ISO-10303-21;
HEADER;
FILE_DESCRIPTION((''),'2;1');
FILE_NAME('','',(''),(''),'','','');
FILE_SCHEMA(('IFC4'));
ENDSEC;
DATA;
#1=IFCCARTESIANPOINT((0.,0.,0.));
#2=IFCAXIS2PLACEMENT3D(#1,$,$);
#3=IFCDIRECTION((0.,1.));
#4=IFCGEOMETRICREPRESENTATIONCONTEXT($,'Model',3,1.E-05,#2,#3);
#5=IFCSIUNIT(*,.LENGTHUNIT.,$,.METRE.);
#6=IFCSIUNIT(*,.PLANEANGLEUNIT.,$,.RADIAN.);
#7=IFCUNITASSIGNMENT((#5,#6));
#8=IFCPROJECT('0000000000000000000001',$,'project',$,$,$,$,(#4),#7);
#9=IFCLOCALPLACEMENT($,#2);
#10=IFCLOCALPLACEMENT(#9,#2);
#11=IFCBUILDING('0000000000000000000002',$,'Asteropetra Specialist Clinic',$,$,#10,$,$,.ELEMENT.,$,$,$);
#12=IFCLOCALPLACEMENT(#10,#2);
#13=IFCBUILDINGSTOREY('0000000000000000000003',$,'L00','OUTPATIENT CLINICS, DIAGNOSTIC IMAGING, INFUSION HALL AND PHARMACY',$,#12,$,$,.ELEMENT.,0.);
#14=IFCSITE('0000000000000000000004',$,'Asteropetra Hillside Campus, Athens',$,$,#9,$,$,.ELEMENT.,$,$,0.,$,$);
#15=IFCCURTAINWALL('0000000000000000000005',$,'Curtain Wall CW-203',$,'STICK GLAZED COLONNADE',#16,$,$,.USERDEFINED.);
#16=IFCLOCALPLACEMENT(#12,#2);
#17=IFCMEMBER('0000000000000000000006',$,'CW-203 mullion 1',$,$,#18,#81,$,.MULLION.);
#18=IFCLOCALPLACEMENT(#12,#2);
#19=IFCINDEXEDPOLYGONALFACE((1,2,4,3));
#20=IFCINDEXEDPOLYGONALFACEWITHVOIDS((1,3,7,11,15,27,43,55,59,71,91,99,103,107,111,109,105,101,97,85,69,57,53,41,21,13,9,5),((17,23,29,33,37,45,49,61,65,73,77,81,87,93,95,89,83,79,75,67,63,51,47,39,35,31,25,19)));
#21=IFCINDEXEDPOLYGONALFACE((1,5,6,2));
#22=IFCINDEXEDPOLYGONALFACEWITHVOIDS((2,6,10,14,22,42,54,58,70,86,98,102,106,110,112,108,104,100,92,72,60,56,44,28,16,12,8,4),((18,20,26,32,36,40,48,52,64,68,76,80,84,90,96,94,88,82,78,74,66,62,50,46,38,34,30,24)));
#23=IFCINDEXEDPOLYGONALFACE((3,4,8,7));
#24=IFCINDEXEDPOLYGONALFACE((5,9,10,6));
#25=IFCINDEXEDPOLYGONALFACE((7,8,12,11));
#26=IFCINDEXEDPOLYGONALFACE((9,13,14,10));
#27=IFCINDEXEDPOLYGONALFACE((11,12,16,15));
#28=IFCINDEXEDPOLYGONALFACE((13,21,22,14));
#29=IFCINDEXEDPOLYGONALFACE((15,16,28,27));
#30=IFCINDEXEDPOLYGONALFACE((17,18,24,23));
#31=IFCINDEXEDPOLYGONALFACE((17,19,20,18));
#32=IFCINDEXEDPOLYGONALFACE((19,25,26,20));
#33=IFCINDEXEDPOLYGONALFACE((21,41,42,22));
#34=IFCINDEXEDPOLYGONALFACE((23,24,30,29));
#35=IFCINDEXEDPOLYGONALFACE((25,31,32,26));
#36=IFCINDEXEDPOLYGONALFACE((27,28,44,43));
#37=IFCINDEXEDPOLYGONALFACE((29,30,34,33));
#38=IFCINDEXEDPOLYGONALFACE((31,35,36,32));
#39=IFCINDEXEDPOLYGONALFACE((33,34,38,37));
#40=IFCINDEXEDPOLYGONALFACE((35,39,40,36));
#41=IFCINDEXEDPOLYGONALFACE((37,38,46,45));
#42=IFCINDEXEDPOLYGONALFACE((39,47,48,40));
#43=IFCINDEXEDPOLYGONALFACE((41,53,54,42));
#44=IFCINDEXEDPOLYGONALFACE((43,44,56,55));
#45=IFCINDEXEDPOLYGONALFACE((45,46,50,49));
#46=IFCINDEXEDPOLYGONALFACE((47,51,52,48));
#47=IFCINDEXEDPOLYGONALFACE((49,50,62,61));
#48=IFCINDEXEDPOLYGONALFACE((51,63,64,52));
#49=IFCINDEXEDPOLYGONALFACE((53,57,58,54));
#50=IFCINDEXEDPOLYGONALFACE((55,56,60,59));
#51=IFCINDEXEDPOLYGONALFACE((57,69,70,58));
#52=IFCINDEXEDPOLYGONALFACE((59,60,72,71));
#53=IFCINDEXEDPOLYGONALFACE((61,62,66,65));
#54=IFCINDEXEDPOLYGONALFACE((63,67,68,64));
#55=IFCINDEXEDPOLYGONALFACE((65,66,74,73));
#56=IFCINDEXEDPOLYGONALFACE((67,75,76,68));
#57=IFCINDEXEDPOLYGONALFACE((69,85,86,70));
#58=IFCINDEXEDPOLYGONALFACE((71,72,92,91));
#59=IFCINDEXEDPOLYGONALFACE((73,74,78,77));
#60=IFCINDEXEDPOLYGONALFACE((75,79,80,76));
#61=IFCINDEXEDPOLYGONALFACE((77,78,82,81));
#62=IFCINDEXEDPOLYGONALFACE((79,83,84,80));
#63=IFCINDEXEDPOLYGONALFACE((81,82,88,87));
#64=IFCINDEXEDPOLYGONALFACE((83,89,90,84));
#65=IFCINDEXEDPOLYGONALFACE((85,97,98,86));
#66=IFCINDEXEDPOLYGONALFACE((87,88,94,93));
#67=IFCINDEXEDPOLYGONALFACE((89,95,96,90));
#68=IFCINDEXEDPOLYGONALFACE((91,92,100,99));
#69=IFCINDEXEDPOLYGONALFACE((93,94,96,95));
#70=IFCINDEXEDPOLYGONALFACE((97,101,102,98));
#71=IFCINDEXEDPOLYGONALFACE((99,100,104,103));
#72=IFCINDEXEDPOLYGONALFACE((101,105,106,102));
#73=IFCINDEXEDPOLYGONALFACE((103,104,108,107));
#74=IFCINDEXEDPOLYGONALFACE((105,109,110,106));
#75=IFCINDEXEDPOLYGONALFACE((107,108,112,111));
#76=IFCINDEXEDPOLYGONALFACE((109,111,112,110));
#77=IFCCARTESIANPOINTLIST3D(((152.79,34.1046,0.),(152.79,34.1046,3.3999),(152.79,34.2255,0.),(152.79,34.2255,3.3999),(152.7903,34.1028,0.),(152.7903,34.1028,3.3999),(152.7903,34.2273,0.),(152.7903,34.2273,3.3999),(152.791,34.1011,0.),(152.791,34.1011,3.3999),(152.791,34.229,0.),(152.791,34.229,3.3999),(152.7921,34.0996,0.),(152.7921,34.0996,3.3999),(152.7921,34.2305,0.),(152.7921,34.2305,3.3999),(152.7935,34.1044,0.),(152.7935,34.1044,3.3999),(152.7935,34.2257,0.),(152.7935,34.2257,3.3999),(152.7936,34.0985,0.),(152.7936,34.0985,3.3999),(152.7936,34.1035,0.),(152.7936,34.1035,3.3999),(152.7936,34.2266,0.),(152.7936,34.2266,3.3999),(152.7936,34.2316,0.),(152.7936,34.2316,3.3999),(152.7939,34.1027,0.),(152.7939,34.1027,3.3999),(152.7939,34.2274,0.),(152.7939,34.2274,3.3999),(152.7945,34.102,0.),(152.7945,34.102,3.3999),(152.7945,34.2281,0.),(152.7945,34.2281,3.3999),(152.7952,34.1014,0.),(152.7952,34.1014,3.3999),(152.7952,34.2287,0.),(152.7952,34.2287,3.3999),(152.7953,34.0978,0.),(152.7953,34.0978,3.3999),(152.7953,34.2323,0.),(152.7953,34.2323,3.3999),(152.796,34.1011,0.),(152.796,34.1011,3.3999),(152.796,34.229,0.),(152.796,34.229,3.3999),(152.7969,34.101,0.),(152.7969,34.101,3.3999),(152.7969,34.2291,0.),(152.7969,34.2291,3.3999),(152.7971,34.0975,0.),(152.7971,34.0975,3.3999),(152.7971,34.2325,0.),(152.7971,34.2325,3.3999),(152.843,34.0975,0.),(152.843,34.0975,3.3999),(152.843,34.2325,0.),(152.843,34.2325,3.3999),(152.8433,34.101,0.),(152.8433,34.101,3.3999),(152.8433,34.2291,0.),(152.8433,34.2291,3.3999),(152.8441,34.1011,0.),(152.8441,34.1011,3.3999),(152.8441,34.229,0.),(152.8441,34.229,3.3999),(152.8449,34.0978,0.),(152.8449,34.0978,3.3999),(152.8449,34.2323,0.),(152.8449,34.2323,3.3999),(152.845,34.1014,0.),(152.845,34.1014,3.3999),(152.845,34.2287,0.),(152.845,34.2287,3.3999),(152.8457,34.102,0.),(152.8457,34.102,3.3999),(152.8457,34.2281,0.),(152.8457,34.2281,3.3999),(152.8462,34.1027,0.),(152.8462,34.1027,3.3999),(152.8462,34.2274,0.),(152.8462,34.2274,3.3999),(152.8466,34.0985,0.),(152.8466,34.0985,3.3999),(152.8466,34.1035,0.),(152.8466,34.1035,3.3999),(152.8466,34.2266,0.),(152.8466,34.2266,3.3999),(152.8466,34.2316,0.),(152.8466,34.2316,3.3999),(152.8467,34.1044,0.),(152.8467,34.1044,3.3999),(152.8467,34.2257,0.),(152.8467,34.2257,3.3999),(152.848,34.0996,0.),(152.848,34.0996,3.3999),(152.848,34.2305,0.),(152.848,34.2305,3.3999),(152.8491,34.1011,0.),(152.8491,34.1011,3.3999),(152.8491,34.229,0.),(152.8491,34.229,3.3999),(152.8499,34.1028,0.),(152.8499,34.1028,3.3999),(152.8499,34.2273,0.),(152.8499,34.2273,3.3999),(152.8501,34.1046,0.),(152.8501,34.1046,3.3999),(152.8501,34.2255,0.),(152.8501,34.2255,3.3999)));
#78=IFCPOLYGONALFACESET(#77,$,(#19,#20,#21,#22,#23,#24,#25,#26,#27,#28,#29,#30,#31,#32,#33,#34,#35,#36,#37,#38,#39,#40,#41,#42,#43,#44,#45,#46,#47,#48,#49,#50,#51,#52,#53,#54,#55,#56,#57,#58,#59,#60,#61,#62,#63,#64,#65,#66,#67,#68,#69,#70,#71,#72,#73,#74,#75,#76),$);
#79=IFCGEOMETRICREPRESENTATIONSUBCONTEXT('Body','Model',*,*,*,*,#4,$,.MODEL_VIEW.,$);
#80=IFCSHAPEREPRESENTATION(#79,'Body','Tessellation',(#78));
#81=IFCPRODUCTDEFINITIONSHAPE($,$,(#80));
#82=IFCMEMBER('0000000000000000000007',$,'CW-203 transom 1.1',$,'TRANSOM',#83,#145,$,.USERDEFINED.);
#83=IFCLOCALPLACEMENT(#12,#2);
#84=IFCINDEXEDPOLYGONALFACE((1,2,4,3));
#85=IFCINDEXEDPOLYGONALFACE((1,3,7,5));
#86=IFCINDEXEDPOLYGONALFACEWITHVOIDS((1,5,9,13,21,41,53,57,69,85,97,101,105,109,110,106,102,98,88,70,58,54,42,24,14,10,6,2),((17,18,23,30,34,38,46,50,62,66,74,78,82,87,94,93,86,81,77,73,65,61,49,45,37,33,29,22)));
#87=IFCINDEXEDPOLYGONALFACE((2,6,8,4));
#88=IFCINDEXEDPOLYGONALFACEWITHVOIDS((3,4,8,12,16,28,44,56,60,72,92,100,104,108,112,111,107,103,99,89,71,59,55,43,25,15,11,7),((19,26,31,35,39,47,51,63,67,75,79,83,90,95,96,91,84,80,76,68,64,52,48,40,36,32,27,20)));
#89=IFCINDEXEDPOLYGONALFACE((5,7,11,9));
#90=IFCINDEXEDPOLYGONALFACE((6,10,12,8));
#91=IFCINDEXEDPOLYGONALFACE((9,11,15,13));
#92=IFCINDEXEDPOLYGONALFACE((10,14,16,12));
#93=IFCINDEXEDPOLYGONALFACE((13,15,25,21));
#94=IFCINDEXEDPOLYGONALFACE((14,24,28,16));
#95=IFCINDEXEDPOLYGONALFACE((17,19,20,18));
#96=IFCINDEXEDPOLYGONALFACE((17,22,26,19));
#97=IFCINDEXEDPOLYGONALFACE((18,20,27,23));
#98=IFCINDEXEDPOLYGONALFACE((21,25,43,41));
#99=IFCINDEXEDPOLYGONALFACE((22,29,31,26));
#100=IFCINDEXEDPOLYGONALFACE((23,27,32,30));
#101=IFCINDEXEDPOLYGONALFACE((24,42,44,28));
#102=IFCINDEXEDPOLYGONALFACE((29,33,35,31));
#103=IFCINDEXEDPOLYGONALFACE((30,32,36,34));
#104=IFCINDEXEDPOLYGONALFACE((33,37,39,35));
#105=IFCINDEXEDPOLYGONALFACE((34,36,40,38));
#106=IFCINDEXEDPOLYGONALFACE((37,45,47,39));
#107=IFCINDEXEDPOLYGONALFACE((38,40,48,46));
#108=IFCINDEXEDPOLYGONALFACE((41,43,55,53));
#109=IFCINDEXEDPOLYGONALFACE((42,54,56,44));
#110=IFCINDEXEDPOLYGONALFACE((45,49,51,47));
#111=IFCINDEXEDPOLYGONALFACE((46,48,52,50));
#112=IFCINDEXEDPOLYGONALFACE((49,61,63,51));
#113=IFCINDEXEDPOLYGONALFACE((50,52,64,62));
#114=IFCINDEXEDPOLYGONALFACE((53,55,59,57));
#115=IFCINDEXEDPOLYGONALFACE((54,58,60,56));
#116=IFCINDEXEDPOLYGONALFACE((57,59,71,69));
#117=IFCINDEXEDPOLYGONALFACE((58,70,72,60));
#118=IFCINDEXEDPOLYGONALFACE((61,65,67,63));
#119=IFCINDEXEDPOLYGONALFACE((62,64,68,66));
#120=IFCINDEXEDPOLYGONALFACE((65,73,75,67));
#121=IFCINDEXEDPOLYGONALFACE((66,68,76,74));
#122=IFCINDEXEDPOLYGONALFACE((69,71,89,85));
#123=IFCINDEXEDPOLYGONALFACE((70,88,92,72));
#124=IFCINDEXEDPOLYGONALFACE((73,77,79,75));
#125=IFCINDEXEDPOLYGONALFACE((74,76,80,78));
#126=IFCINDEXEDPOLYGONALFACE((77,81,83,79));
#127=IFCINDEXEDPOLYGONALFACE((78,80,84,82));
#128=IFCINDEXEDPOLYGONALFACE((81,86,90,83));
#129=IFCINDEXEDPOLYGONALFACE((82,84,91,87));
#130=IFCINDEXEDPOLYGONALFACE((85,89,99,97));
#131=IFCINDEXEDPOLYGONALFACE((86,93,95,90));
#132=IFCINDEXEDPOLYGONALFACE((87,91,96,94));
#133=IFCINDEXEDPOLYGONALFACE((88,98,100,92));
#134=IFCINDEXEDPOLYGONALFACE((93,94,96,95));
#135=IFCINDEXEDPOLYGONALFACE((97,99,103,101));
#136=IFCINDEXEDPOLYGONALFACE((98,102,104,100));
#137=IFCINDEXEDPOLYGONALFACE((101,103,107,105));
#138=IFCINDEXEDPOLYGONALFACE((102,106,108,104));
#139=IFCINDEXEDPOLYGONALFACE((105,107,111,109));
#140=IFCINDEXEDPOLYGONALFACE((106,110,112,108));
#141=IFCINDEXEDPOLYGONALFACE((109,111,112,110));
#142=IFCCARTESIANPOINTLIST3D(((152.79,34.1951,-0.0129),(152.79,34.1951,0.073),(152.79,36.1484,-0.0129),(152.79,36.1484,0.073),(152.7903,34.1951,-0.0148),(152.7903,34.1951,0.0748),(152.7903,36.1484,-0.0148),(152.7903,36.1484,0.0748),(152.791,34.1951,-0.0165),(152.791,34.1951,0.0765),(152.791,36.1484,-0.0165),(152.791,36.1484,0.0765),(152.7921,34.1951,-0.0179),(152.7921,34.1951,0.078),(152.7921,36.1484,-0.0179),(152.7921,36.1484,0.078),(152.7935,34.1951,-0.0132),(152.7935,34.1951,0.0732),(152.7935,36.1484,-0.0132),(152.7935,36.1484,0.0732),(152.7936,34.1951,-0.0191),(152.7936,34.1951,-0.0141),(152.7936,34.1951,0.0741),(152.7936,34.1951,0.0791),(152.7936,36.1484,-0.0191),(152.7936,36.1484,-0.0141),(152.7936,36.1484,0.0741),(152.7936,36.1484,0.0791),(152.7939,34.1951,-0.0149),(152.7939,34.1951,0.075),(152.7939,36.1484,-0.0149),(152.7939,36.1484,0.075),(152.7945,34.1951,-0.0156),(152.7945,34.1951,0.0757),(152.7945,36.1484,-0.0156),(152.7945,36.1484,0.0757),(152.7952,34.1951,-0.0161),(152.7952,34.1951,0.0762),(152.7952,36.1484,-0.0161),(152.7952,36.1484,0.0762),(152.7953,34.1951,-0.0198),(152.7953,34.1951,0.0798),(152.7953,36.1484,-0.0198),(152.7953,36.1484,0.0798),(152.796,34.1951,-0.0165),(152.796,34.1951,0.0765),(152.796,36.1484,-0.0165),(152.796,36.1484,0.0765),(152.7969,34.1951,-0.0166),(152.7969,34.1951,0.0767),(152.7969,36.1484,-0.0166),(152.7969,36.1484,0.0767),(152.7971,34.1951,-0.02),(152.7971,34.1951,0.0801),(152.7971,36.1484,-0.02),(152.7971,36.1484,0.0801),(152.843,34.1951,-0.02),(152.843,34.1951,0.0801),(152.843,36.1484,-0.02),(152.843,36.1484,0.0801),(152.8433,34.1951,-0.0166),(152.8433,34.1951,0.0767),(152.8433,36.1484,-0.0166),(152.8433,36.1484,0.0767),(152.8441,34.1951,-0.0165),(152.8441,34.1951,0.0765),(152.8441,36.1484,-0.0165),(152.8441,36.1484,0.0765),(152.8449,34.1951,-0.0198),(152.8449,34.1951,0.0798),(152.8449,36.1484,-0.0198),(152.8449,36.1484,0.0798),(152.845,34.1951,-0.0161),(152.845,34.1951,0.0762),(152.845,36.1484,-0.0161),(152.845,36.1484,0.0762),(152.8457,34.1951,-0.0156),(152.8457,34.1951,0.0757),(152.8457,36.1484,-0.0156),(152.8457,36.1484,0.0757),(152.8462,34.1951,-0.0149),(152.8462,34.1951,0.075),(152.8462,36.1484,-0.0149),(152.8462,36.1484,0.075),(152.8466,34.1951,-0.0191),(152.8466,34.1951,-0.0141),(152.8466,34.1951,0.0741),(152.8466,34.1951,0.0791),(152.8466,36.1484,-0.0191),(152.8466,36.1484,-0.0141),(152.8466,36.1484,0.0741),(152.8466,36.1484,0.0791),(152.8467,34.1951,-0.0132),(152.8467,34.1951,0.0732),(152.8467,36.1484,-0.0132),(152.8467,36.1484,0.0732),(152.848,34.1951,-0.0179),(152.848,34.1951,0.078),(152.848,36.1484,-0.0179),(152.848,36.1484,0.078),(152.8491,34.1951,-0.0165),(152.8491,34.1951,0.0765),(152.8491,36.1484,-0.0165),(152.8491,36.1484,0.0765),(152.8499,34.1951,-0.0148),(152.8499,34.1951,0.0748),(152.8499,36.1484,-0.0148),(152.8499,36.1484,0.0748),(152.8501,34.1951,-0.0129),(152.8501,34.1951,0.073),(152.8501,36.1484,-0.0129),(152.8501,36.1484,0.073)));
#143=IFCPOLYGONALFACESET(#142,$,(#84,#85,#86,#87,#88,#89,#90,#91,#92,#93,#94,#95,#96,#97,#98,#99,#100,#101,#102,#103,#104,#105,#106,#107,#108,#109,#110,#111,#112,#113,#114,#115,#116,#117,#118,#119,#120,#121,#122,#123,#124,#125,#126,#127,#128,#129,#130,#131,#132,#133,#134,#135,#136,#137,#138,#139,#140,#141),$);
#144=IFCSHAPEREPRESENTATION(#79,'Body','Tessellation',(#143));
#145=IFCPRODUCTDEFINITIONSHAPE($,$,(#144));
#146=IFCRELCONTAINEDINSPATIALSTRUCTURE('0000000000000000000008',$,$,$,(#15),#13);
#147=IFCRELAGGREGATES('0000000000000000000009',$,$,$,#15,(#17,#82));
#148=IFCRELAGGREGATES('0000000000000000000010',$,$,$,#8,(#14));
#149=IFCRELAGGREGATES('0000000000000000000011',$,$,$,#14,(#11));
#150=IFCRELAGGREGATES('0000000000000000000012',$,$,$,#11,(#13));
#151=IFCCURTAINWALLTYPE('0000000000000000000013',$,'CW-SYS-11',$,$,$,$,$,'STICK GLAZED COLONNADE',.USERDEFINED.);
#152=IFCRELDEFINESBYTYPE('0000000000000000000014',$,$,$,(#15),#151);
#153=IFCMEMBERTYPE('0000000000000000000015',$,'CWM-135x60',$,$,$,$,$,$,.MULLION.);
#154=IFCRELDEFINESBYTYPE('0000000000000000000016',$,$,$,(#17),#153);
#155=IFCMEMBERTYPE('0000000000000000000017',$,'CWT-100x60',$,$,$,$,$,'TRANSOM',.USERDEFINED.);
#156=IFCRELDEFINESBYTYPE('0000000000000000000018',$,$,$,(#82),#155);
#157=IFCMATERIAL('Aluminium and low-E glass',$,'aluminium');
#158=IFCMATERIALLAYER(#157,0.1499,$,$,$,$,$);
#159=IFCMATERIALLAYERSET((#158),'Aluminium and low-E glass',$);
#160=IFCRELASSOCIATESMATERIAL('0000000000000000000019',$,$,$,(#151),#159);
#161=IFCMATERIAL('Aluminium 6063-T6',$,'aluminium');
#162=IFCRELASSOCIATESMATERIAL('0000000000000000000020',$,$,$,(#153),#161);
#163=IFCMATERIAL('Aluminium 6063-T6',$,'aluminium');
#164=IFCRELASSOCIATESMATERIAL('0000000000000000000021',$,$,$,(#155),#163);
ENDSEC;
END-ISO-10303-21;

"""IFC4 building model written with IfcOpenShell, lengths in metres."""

from ifc_helpers import new_model, si_unit, direction, frame, origin, origin_2d, place, context, subcontext, project, spatial, hollow_rectangle, extrude, material, layer, layer_set, material_profile, profile_set, type_object, element, aggregate, save


model = new_model("IFC4")

# Units and contexts
model_context = context("Model", 3, precision=1e-05, world=origin(), true_north=direction((0.0, 1.0)))
body_context = subcontext(model_context, "Body", "Model", "MODEL_VIEW")
ifc_project = project(units=[si_unit("LENGTHUNIT", "METRE"), si_unit("PLANEANGLEUNIT", "RADIAN")], contexts=[model_context])

# Site, building, storey
site_placement = place(None, origin())
site = spatial("IfcSite", under=ifc_project, at=site_placement, Name="Asteropetra Hillside Campus, Athens", CompositionType="ELEMENT", RefElevation=0.0)
building_placement = place(site_placement, origin())
building = spatial("IfcBuilding", under=site, at=building_placement, Name="Asteropetra Specialist Clinic", CompositionType="ELEMENT")
storey_placement = place(building_placement, origin())
storey = spatial("IfcBuildingStorey", under=building, at=storey_placement, Name="L00", Description="OUTPATIENT CLINICS, DIAGNOSTIC IMAGING, INFUSION HALL AND PHARMACY", CompositionType="ELEMENT", Elevation=0.0)

# Curtain wall, members
ifc_material_1 = material(Name="Aluminium and low-E glass", Category="aluminium")
ifc_layer_1 = layer(ifc_material_1, 0.1499)
ifc_layer_set_1 = layer_set([ifc_layer_1], Name="Aluminium and low-E glass")
curtain_wall_type = type_object("IfcCurtainWallType", Name="CW-SYS-11", ElementType="STICK GLAZED COLONNADE", PredefinedType="USERDEFINED", material=ifc_layer_set_1)
curtain_wall_placement = place(storey_placement, origin())
curtain_wall = element("IfcCurtainWall", 1, at=curtain_wall_placement, inside=storey, type_object=curtain_wall_type, Name="Curtain Wall CW-203", ObjectType="STICK GLAZED COLONNADE", PredefinedType="USERDEFINED")
ifc_material_2 = material(Name="Aluminium 6063-T6", Category="aluminium")
ifc_material_profile_1 = material_profile(ifc_material_2, hollow_rectangle(XDim=0.0601, YDim=0.135, WallThickness=0.0034, InnerFilletRadius=0.0034, OuterFilletRadius=0.0071, at=origin_2d()), Name="MUL 135x60x3.5")
ifc_profile_set_1 = profile_set([ifc_material_profile_1], Name="Aluminium 6063-T6")
member_type_1 = type_object("IfcMemberType", Name="CWM-135x60", PredefinedType="MULLION", material=ifc_profile_set_1)
member_1_placement = place(storey_placement, frame((152.8201, 34.165, 0.0), z_axis=(0.0, 0.0, 1.0), x_axis=(-1.0, 0.0, 0.0)))
member_1 = element("IfcMember", 2, at=member_1_placement, type_object=member_type_1, Name="CW-203 mullion 1", PredefinedType="MULLION", context=body_context, shape_type="SweptSolid", body=[
    extrude(hollow_rectangle(XDim=0.0601, YDim=0.135, WallThickness=0.0034, InnerFilletRadius=0.0034, OuterFilletRadius=0.0071, at=origin_2d()), origin(), (0.0, 0.0, 1.0), 3.3999),
])
ifc_material_3 = material(Name="Aluminium 6063-T6", Category="aluminium")
ifc_material_profile_2 = material_profile(ifc_material_3, hollow_rectangle(XDim=0.0601, YDim=0.1001, WallThickness=0.0034, InnerFilletRadius=0.0034, OuterFilletRadius=0.0071, at=origin_2d()), Name="TRN 100x60x3.5")
ifc_profile_set_2 = profile_set([ifc_material_profile_2], Name="Aluminium 6063-T6")
member_type_2 = type_object("IfcMemberType", Name="CWT-100x60", ElementType="TRANSOM", PredefinedType="USERDEFINED", material=ifc_profile_set_2)
member_2_placement = place(storey_placement, frame((152.8201, 34.1951, 0.03), z_axis=(0.0, 1.0, 0.0), x_axis=(-1.0, 0.0, 0.0)))
member_2 = element("IfcMember", 3, at=member_2_placement, type_object=member_type_2, Name="CW-203 transom 1.1", ObjectType="TRANSOM", PredefinedType="USERDEFINED", context=body_context, shape_type="SweptSolid", body=[
    extrude(hollow_rectangle(XDim=0.0601, YDim=0.1001, WallThickness=0.0034, InnerFilletRadius=0.0034, OuterFilletRadius=0.0071, at=origin_2d()), origin(), (0.0, 0.0, 1.0), 1.9534),
])
aggregate(curtain_wall, [member_1, member_2])

save(model, "model.ifc")
